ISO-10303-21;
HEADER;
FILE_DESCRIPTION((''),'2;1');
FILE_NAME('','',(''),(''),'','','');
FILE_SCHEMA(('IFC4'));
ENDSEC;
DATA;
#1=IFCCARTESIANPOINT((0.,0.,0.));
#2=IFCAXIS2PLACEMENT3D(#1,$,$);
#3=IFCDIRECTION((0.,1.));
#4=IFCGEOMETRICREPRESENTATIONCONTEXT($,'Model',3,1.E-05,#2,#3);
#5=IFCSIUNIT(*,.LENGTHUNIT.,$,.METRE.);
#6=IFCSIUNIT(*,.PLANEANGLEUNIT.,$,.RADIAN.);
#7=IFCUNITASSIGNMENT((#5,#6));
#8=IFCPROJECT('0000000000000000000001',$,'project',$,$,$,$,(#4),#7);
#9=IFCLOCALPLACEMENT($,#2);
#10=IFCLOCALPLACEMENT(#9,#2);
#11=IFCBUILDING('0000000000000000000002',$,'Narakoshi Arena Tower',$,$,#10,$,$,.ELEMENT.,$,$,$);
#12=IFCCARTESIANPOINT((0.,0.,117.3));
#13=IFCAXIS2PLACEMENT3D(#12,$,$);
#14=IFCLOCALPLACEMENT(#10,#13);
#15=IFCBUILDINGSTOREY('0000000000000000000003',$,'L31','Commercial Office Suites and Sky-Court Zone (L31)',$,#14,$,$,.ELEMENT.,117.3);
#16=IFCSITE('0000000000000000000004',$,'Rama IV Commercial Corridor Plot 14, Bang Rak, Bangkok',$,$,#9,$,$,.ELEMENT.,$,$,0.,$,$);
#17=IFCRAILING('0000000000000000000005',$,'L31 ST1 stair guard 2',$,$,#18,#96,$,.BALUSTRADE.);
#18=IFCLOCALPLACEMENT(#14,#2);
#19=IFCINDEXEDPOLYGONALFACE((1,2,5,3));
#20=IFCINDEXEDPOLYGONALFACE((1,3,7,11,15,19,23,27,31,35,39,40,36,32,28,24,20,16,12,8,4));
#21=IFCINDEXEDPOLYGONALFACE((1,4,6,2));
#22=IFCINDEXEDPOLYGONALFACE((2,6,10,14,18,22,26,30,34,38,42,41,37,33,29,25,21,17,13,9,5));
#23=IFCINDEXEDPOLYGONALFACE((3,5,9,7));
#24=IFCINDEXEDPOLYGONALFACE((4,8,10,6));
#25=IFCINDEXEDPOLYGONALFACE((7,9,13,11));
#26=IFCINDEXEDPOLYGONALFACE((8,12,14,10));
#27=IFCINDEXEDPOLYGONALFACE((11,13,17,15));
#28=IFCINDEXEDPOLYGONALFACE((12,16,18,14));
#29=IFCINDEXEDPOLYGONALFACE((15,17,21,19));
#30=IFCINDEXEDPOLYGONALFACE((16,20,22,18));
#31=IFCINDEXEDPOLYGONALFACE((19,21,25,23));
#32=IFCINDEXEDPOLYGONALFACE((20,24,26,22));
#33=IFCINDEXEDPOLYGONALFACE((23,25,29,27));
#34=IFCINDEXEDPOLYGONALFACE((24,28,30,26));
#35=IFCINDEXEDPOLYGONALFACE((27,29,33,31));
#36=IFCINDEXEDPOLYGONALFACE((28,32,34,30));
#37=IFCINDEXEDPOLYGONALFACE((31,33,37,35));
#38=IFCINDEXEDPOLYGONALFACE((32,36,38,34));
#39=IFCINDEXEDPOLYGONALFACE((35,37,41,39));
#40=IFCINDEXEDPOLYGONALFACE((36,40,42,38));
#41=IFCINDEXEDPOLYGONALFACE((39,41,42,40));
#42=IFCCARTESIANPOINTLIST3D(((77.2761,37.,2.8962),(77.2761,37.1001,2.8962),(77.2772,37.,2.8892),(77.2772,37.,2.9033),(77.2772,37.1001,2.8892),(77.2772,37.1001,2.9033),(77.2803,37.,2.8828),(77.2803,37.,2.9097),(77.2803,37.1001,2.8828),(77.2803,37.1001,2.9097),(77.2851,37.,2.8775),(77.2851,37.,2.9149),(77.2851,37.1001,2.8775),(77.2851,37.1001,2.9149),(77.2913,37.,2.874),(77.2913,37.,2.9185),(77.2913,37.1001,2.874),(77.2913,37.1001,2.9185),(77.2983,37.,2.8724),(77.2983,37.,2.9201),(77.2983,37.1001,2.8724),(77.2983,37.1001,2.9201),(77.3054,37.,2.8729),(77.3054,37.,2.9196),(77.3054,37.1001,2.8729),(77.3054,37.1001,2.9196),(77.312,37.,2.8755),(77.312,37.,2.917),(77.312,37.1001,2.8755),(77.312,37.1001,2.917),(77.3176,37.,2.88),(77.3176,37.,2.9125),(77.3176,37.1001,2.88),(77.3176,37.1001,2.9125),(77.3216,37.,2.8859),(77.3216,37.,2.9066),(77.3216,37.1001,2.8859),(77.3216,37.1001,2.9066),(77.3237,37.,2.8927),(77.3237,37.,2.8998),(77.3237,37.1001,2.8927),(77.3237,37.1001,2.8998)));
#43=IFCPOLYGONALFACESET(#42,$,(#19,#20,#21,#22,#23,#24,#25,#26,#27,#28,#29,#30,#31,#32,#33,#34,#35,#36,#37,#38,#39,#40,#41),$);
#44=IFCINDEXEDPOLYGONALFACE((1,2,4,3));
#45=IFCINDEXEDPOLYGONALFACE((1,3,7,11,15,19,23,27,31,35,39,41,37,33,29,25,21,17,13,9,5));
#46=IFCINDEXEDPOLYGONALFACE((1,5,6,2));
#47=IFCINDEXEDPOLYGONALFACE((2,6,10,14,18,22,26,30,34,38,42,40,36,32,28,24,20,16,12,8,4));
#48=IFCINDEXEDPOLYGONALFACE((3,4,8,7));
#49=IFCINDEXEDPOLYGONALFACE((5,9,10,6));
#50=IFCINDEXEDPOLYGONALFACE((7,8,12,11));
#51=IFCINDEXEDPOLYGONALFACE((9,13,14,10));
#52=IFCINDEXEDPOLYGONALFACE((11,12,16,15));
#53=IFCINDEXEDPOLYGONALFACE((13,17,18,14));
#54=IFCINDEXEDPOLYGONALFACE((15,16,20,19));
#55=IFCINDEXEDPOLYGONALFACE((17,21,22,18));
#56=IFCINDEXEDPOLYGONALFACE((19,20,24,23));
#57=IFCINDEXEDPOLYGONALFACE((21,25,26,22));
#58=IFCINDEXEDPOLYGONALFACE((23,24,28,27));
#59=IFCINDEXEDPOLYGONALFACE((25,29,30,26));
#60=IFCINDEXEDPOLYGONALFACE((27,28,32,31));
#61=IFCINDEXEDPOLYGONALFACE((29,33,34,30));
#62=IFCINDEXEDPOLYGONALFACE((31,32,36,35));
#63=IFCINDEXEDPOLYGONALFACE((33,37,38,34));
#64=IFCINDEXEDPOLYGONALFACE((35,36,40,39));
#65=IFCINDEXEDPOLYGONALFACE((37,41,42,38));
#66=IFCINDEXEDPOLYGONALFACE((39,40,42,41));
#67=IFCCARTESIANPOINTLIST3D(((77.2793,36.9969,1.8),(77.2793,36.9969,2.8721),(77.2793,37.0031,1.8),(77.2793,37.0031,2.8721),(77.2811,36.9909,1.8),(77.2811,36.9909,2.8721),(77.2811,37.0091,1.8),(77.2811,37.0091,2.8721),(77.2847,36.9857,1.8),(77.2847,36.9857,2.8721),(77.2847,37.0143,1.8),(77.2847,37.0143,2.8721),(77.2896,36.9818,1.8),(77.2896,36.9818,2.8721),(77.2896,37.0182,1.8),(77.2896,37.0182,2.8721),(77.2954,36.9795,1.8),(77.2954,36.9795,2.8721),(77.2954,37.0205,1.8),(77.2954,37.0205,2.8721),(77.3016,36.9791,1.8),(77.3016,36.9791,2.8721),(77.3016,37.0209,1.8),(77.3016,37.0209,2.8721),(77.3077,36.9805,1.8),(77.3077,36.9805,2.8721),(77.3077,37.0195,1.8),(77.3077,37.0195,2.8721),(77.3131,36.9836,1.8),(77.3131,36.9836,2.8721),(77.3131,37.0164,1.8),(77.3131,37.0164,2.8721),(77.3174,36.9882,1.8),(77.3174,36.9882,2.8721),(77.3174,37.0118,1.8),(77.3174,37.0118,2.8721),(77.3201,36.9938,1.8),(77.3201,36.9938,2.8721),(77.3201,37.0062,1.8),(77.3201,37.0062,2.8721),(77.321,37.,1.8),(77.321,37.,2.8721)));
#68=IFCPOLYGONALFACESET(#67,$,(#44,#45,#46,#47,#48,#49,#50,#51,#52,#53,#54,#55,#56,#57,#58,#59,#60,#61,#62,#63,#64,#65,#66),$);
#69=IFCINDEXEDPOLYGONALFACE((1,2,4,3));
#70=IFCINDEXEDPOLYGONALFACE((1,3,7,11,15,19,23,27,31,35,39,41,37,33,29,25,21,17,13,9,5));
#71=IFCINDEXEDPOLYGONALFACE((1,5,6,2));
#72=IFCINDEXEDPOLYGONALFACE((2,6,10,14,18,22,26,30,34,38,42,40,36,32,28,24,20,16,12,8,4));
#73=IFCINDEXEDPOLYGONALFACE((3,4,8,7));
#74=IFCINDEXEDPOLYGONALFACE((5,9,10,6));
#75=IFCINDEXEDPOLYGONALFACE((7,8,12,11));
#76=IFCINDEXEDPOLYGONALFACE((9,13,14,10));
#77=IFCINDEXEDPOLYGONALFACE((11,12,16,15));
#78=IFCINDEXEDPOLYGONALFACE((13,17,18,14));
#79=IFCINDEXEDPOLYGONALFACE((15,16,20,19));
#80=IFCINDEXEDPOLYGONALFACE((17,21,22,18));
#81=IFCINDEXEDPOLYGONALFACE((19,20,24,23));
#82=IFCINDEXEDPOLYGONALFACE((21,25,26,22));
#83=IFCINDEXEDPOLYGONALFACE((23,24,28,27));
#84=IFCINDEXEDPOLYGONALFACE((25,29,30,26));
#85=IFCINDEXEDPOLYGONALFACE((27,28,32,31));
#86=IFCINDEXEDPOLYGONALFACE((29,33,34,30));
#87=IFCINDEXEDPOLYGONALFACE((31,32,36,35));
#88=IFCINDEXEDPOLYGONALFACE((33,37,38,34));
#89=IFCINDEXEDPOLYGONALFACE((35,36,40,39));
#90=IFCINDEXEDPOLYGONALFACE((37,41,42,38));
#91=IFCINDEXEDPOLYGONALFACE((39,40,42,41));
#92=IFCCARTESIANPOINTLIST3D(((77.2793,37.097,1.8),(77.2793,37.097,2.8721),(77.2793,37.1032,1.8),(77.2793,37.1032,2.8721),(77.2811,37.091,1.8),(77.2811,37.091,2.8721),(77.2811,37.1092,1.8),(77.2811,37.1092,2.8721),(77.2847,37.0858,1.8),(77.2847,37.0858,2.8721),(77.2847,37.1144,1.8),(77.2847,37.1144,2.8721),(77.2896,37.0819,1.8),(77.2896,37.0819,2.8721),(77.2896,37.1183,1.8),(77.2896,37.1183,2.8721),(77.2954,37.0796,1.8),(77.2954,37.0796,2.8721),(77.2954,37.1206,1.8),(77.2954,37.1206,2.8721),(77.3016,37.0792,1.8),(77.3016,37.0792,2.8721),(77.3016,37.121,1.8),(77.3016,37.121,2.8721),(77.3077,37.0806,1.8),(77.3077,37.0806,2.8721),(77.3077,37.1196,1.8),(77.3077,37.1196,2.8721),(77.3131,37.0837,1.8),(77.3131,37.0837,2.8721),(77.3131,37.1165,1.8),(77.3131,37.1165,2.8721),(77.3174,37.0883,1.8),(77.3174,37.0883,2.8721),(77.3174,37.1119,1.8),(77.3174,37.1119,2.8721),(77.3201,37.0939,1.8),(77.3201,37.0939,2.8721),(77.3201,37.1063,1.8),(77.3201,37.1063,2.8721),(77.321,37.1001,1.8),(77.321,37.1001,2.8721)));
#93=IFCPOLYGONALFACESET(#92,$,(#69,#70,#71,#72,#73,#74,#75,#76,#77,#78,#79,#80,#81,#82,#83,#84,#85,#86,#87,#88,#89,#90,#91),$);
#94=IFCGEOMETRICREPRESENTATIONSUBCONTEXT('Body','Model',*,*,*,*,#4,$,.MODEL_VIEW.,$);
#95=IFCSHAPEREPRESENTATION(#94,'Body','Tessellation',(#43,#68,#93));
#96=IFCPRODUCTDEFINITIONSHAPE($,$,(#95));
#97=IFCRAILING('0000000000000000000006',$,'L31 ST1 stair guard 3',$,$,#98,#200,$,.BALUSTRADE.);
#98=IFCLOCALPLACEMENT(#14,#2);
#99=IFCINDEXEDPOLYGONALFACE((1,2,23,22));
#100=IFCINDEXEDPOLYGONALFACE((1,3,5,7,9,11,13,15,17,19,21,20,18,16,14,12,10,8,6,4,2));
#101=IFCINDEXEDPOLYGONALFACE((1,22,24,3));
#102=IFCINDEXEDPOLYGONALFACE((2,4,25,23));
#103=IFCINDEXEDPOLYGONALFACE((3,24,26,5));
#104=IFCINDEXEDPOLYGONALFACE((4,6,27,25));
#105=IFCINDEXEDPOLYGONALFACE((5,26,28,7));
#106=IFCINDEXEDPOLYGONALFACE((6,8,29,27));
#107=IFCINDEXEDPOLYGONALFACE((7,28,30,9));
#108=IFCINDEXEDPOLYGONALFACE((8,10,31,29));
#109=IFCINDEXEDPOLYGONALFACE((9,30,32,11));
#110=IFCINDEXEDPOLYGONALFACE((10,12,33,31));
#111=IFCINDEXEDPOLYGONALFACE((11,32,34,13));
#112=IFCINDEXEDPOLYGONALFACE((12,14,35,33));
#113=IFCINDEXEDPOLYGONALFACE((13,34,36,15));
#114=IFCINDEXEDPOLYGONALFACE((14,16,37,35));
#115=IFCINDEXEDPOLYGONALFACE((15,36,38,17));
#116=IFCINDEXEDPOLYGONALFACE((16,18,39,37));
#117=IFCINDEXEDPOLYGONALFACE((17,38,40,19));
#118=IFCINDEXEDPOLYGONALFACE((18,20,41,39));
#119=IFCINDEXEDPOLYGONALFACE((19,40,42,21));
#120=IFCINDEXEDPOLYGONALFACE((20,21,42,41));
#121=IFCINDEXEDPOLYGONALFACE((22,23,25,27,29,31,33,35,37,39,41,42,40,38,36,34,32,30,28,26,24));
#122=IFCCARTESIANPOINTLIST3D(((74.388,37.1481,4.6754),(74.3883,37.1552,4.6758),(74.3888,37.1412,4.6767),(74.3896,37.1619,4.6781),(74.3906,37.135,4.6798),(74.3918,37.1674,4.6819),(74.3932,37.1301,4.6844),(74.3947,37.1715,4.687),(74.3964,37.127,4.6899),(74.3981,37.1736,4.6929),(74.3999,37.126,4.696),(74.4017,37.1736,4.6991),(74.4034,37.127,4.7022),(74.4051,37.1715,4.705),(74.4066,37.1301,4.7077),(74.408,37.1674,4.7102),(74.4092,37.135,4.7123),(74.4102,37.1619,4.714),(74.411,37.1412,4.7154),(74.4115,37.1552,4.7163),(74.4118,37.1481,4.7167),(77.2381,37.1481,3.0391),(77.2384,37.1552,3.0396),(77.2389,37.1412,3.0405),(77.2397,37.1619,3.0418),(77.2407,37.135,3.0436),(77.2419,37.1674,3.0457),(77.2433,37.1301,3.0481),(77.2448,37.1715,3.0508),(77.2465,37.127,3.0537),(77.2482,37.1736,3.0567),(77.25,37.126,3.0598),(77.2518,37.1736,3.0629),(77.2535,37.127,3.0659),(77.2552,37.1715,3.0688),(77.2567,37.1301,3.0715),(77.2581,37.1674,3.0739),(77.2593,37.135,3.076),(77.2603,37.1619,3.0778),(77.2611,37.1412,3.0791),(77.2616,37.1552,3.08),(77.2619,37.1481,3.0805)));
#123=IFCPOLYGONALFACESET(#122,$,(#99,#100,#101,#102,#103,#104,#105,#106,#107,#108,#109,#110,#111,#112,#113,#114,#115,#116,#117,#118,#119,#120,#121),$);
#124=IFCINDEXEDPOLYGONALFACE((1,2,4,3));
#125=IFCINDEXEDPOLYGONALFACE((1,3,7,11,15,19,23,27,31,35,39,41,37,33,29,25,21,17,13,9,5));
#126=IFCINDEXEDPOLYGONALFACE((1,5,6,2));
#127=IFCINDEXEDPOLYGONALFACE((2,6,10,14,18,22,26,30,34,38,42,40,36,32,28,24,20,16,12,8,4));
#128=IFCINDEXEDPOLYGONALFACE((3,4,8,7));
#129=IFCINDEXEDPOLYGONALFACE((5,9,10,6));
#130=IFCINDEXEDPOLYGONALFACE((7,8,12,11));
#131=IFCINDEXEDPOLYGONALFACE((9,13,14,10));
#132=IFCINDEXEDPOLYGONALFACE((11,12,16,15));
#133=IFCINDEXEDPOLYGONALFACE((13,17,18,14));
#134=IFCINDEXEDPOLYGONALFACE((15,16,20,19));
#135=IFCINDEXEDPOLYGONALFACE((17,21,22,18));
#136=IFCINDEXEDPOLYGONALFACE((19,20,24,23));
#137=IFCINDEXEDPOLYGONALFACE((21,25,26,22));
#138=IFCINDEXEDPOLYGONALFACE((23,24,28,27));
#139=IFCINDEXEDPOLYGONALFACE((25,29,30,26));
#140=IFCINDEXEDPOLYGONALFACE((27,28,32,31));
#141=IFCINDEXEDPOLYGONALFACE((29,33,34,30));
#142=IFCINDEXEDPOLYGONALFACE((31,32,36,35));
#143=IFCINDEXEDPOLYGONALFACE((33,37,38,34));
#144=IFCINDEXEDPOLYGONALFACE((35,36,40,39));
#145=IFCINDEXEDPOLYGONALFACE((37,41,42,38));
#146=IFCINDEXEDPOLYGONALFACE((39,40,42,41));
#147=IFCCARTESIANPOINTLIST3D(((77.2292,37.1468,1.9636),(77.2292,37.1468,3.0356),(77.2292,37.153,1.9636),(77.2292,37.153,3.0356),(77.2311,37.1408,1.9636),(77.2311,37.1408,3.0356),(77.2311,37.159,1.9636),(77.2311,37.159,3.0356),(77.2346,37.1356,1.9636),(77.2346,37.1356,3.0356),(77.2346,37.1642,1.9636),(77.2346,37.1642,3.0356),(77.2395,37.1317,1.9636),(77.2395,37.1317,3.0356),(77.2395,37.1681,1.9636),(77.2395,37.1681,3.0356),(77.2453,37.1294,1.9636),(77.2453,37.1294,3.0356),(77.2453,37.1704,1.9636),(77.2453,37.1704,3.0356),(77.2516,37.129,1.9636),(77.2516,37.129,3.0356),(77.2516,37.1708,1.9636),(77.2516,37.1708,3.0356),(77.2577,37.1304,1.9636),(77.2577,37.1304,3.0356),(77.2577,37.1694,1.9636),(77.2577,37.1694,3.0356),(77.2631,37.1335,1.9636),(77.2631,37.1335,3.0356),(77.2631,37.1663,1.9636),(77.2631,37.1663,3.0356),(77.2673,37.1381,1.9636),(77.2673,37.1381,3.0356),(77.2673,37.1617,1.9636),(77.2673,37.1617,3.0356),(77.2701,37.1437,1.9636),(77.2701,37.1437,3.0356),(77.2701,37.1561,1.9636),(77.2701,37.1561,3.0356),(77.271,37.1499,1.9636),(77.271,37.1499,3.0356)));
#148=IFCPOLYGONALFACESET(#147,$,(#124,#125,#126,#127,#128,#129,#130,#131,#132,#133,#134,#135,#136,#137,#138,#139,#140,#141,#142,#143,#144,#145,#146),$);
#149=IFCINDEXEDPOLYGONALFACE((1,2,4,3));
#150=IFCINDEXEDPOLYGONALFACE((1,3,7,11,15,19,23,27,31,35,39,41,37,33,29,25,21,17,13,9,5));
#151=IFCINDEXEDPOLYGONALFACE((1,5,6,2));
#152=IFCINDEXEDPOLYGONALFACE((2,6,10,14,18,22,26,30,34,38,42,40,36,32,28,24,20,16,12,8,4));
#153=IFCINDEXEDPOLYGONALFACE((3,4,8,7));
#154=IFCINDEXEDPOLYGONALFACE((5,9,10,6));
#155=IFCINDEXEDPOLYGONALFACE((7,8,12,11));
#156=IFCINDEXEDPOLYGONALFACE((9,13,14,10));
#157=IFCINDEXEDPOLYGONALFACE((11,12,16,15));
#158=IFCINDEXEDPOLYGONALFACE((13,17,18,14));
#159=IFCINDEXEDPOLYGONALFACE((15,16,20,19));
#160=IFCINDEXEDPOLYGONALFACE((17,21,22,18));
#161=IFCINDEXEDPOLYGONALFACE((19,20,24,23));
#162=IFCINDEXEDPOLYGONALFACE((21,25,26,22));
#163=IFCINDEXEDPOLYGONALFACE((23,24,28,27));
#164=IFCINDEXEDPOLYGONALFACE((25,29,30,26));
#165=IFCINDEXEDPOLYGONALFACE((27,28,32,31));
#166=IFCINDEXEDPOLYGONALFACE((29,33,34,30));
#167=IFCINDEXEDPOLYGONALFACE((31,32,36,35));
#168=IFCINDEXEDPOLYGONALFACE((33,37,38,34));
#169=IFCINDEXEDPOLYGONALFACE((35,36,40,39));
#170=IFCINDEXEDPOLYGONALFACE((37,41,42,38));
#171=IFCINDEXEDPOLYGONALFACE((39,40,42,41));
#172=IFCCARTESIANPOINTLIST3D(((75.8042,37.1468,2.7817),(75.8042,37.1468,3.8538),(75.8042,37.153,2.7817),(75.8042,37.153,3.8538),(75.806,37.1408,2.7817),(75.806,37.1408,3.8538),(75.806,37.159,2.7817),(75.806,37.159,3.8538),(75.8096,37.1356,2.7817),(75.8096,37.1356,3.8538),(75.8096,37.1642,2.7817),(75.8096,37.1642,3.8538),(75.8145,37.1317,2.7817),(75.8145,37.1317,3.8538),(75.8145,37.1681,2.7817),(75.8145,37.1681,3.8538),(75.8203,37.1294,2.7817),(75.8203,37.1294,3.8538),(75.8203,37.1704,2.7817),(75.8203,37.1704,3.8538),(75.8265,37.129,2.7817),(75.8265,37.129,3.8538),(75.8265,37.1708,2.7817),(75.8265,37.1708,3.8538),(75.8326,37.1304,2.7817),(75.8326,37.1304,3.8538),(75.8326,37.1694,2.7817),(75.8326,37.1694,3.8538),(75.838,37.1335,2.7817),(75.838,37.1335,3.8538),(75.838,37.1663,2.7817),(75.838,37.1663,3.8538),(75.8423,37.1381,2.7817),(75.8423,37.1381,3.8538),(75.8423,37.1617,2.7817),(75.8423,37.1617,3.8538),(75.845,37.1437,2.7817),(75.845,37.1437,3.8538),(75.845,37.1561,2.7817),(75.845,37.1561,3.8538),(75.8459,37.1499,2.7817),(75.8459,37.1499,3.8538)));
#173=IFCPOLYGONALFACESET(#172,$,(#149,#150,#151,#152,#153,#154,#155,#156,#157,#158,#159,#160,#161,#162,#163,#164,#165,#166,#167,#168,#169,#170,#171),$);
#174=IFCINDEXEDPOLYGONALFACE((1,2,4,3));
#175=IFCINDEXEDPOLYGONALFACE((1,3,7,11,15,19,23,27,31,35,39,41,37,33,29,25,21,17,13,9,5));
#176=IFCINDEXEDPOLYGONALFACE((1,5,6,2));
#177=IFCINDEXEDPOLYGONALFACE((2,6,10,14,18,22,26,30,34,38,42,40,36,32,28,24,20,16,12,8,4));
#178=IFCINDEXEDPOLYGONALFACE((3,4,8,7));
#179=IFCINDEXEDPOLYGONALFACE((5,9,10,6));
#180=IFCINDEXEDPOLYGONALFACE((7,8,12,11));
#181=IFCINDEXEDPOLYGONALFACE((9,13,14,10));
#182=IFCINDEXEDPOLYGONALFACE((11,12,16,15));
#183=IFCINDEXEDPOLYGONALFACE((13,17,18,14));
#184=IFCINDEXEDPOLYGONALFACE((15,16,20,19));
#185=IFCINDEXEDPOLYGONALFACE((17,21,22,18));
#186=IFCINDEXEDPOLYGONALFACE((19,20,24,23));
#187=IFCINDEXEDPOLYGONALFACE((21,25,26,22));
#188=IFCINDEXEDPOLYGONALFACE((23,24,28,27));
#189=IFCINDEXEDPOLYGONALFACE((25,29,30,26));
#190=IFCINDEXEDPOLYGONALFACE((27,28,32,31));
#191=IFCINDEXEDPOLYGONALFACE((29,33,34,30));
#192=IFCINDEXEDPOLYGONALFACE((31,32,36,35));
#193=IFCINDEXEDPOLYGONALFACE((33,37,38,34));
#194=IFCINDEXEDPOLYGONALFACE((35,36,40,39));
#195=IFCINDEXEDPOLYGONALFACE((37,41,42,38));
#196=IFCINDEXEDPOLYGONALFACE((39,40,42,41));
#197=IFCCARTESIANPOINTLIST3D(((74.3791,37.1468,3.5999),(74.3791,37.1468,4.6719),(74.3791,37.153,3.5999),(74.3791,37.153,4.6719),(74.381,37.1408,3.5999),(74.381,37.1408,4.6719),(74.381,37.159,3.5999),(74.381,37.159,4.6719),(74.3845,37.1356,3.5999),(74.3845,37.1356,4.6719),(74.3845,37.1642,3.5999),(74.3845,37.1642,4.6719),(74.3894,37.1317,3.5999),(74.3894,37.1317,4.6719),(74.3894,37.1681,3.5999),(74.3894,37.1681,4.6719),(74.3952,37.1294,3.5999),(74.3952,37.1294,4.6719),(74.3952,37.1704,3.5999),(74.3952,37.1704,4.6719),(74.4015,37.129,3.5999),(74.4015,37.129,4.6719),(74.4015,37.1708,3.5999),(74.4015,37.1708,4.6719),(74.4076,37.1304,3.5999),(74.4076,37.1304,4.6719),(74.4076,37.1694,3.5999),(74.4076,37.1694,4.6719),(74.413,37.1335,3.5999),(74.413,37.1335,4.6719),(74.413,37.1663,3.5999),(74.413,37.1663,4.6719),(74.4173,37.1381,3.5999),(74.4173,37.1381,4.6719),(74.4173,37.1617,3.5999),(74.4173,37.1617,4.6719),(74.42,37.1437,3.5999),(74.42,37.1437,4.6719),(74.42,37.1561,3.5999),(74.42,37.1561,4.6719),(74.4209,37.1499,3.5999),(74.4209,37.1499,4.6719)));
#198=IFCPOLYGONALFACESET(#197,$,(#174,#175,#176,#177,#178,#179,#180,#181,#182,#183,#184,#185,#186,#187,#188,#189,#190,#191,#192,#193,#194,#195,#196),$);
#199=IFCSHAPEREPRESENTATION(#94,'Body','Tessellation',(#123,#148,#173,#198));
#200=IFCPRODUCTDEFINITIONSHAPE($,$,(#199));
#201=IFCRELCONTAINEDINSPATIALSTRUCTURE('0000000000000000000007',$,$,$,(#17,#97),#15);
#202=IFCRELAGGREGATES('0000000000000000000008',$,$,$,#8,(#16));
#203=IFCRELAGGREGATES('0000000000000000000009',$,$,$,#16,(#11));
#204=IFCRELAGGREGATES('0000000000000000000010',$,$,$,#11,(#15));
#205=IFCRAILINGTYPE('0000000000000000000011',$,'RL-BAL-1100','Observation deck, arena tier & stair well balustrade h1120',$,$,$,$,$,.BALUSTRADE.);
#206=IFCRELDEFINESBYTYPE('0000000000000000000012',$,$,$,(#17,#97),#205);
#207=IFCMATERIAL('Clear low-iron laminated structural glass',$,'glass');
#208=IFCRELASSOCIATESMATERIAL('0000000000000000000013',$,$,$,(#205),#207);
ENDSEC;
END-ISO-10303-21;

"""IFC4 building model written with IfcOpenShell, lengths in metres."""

from ifc_helpers import new_model, si_unit, direction, frame, origin, origin_2d, place, context, subcontext, project, spatial, circle, extrude, material, type_object, element, save


model = new_model("IFC4")

# Units and contexts
model_context = context("Model", 3, precision=1e-05, world=origin(), true_north=direction((0.0, 1.0)))
body_context = subcontext(model_context, "Body", "Model", "MODEL_VIEW")
ifc_project = project(units=[si_unit("LENGTHUNIT", "METRE"), si_unit("PLANEANGLEUNIT", "RADIAN")], contexts=[model_context])

# Site, building, storey
site_placement = place(None, origin())
site = spatial("IfcSite", under=ifc_project, at=site_placement, Name="Rama IV Commercial Corridor Plot 14, Bang Rak, Bangkok", CompositionType="ELEMENT", RefElevation=0.0)
building_placement = place(site_placement, origin())
building = spatial("IfcBuilding", under=site, at=building_placement, Name="Narakoshi Arena Tower", CompositionType="ELEMENT")
storey_placement = place(building_placement, frame((0.0, 0.0, 117.3)))
storey = spatial("IfcBuildingStorey", under=building, at=storey_placement, Name="L31", Description="Commercial Office Suites and Sky-Court Zone (L31)", CompositionType="ELEMENT", Elevation=117.3)

# Railings
ifc_material_1 = material(Name="Clear low-iron laminated structural glass", Category="glass")
railing_type_1 = type_object("IfcRailingType", Name="RL-BAL-1100", Description="Observation deck, arena tier & stair well balustrade h1120", PredefinedType="BALUSTRADE", material=ifc_material_1)
railing_1_placement = place(storey_placement, frame((77.3, 37.0, 1.8)))
element("IfcRailing", 1, at=railing_1_placement, inside=storey, type_object=railing_type_1, Name="L31 ST1 stair guard 2", PredefinedType="BALUSTRADE", context=body_context, shape_type="SweptSolid", body=[
    extrude(circle(Radius=0.0239, at=origin_2d()), frame((0.0, 0.0, 1.0962), z_axis=(0.0, 1.0, 0.0), x_axis=(-1.0, 0.0, 0.0)), (0.0, 0.0, 1.0), 0.1001),
    extrude(circle(Radius=0.021, at=origin_2d()), origin(), (0.0, 0.0, 1.0), 1.072),
    extrude(circle(Radius=0.021, at=origin_2d()), frame((0.0, 0.1001, 0.0)), (0.0, 0.0, 1.0), 1.072),
])
railing_2_placement = place(storey_placement, frame((77.25, 37.1499, 1.9636)))
element("IfcRailing", 2, at=railing_2_placement, inside=storey, type_object=railing_type_1, Name="L31 ST1 stair guard 3", PredefinedType="BALUSTRADE", context=body_context, shape_type="SweptSolid", body=[
    extrude(circle(Radius=0.0239, at=origin_2d()), frame((0.0, 0.0, 1.0962), z_axis=(-0.867245, 0.0, 0.497882), x_axis=(0.0, -1.0, 0.0)), (0.0, 0.0, 1.0), 3.2864),
    extrude(circle(Radius=0.021, at=origin_2d()), origin(), (0.0, 0.0, 1.0), 1.072),
    extrude(circle(Radius=0.021, at=origin_2d()), frame((-1.425, 0.0, 0.8181)), (0.0, 0.0, 1.0), 1.072),
    extrude(circle(Radius=0.021, at=origin_2d()), frame((-2.8501, 0.0, 1.6362)), (0.0, 0.0, 1.0), 1.072),
])

save(model, "model.ifc")
